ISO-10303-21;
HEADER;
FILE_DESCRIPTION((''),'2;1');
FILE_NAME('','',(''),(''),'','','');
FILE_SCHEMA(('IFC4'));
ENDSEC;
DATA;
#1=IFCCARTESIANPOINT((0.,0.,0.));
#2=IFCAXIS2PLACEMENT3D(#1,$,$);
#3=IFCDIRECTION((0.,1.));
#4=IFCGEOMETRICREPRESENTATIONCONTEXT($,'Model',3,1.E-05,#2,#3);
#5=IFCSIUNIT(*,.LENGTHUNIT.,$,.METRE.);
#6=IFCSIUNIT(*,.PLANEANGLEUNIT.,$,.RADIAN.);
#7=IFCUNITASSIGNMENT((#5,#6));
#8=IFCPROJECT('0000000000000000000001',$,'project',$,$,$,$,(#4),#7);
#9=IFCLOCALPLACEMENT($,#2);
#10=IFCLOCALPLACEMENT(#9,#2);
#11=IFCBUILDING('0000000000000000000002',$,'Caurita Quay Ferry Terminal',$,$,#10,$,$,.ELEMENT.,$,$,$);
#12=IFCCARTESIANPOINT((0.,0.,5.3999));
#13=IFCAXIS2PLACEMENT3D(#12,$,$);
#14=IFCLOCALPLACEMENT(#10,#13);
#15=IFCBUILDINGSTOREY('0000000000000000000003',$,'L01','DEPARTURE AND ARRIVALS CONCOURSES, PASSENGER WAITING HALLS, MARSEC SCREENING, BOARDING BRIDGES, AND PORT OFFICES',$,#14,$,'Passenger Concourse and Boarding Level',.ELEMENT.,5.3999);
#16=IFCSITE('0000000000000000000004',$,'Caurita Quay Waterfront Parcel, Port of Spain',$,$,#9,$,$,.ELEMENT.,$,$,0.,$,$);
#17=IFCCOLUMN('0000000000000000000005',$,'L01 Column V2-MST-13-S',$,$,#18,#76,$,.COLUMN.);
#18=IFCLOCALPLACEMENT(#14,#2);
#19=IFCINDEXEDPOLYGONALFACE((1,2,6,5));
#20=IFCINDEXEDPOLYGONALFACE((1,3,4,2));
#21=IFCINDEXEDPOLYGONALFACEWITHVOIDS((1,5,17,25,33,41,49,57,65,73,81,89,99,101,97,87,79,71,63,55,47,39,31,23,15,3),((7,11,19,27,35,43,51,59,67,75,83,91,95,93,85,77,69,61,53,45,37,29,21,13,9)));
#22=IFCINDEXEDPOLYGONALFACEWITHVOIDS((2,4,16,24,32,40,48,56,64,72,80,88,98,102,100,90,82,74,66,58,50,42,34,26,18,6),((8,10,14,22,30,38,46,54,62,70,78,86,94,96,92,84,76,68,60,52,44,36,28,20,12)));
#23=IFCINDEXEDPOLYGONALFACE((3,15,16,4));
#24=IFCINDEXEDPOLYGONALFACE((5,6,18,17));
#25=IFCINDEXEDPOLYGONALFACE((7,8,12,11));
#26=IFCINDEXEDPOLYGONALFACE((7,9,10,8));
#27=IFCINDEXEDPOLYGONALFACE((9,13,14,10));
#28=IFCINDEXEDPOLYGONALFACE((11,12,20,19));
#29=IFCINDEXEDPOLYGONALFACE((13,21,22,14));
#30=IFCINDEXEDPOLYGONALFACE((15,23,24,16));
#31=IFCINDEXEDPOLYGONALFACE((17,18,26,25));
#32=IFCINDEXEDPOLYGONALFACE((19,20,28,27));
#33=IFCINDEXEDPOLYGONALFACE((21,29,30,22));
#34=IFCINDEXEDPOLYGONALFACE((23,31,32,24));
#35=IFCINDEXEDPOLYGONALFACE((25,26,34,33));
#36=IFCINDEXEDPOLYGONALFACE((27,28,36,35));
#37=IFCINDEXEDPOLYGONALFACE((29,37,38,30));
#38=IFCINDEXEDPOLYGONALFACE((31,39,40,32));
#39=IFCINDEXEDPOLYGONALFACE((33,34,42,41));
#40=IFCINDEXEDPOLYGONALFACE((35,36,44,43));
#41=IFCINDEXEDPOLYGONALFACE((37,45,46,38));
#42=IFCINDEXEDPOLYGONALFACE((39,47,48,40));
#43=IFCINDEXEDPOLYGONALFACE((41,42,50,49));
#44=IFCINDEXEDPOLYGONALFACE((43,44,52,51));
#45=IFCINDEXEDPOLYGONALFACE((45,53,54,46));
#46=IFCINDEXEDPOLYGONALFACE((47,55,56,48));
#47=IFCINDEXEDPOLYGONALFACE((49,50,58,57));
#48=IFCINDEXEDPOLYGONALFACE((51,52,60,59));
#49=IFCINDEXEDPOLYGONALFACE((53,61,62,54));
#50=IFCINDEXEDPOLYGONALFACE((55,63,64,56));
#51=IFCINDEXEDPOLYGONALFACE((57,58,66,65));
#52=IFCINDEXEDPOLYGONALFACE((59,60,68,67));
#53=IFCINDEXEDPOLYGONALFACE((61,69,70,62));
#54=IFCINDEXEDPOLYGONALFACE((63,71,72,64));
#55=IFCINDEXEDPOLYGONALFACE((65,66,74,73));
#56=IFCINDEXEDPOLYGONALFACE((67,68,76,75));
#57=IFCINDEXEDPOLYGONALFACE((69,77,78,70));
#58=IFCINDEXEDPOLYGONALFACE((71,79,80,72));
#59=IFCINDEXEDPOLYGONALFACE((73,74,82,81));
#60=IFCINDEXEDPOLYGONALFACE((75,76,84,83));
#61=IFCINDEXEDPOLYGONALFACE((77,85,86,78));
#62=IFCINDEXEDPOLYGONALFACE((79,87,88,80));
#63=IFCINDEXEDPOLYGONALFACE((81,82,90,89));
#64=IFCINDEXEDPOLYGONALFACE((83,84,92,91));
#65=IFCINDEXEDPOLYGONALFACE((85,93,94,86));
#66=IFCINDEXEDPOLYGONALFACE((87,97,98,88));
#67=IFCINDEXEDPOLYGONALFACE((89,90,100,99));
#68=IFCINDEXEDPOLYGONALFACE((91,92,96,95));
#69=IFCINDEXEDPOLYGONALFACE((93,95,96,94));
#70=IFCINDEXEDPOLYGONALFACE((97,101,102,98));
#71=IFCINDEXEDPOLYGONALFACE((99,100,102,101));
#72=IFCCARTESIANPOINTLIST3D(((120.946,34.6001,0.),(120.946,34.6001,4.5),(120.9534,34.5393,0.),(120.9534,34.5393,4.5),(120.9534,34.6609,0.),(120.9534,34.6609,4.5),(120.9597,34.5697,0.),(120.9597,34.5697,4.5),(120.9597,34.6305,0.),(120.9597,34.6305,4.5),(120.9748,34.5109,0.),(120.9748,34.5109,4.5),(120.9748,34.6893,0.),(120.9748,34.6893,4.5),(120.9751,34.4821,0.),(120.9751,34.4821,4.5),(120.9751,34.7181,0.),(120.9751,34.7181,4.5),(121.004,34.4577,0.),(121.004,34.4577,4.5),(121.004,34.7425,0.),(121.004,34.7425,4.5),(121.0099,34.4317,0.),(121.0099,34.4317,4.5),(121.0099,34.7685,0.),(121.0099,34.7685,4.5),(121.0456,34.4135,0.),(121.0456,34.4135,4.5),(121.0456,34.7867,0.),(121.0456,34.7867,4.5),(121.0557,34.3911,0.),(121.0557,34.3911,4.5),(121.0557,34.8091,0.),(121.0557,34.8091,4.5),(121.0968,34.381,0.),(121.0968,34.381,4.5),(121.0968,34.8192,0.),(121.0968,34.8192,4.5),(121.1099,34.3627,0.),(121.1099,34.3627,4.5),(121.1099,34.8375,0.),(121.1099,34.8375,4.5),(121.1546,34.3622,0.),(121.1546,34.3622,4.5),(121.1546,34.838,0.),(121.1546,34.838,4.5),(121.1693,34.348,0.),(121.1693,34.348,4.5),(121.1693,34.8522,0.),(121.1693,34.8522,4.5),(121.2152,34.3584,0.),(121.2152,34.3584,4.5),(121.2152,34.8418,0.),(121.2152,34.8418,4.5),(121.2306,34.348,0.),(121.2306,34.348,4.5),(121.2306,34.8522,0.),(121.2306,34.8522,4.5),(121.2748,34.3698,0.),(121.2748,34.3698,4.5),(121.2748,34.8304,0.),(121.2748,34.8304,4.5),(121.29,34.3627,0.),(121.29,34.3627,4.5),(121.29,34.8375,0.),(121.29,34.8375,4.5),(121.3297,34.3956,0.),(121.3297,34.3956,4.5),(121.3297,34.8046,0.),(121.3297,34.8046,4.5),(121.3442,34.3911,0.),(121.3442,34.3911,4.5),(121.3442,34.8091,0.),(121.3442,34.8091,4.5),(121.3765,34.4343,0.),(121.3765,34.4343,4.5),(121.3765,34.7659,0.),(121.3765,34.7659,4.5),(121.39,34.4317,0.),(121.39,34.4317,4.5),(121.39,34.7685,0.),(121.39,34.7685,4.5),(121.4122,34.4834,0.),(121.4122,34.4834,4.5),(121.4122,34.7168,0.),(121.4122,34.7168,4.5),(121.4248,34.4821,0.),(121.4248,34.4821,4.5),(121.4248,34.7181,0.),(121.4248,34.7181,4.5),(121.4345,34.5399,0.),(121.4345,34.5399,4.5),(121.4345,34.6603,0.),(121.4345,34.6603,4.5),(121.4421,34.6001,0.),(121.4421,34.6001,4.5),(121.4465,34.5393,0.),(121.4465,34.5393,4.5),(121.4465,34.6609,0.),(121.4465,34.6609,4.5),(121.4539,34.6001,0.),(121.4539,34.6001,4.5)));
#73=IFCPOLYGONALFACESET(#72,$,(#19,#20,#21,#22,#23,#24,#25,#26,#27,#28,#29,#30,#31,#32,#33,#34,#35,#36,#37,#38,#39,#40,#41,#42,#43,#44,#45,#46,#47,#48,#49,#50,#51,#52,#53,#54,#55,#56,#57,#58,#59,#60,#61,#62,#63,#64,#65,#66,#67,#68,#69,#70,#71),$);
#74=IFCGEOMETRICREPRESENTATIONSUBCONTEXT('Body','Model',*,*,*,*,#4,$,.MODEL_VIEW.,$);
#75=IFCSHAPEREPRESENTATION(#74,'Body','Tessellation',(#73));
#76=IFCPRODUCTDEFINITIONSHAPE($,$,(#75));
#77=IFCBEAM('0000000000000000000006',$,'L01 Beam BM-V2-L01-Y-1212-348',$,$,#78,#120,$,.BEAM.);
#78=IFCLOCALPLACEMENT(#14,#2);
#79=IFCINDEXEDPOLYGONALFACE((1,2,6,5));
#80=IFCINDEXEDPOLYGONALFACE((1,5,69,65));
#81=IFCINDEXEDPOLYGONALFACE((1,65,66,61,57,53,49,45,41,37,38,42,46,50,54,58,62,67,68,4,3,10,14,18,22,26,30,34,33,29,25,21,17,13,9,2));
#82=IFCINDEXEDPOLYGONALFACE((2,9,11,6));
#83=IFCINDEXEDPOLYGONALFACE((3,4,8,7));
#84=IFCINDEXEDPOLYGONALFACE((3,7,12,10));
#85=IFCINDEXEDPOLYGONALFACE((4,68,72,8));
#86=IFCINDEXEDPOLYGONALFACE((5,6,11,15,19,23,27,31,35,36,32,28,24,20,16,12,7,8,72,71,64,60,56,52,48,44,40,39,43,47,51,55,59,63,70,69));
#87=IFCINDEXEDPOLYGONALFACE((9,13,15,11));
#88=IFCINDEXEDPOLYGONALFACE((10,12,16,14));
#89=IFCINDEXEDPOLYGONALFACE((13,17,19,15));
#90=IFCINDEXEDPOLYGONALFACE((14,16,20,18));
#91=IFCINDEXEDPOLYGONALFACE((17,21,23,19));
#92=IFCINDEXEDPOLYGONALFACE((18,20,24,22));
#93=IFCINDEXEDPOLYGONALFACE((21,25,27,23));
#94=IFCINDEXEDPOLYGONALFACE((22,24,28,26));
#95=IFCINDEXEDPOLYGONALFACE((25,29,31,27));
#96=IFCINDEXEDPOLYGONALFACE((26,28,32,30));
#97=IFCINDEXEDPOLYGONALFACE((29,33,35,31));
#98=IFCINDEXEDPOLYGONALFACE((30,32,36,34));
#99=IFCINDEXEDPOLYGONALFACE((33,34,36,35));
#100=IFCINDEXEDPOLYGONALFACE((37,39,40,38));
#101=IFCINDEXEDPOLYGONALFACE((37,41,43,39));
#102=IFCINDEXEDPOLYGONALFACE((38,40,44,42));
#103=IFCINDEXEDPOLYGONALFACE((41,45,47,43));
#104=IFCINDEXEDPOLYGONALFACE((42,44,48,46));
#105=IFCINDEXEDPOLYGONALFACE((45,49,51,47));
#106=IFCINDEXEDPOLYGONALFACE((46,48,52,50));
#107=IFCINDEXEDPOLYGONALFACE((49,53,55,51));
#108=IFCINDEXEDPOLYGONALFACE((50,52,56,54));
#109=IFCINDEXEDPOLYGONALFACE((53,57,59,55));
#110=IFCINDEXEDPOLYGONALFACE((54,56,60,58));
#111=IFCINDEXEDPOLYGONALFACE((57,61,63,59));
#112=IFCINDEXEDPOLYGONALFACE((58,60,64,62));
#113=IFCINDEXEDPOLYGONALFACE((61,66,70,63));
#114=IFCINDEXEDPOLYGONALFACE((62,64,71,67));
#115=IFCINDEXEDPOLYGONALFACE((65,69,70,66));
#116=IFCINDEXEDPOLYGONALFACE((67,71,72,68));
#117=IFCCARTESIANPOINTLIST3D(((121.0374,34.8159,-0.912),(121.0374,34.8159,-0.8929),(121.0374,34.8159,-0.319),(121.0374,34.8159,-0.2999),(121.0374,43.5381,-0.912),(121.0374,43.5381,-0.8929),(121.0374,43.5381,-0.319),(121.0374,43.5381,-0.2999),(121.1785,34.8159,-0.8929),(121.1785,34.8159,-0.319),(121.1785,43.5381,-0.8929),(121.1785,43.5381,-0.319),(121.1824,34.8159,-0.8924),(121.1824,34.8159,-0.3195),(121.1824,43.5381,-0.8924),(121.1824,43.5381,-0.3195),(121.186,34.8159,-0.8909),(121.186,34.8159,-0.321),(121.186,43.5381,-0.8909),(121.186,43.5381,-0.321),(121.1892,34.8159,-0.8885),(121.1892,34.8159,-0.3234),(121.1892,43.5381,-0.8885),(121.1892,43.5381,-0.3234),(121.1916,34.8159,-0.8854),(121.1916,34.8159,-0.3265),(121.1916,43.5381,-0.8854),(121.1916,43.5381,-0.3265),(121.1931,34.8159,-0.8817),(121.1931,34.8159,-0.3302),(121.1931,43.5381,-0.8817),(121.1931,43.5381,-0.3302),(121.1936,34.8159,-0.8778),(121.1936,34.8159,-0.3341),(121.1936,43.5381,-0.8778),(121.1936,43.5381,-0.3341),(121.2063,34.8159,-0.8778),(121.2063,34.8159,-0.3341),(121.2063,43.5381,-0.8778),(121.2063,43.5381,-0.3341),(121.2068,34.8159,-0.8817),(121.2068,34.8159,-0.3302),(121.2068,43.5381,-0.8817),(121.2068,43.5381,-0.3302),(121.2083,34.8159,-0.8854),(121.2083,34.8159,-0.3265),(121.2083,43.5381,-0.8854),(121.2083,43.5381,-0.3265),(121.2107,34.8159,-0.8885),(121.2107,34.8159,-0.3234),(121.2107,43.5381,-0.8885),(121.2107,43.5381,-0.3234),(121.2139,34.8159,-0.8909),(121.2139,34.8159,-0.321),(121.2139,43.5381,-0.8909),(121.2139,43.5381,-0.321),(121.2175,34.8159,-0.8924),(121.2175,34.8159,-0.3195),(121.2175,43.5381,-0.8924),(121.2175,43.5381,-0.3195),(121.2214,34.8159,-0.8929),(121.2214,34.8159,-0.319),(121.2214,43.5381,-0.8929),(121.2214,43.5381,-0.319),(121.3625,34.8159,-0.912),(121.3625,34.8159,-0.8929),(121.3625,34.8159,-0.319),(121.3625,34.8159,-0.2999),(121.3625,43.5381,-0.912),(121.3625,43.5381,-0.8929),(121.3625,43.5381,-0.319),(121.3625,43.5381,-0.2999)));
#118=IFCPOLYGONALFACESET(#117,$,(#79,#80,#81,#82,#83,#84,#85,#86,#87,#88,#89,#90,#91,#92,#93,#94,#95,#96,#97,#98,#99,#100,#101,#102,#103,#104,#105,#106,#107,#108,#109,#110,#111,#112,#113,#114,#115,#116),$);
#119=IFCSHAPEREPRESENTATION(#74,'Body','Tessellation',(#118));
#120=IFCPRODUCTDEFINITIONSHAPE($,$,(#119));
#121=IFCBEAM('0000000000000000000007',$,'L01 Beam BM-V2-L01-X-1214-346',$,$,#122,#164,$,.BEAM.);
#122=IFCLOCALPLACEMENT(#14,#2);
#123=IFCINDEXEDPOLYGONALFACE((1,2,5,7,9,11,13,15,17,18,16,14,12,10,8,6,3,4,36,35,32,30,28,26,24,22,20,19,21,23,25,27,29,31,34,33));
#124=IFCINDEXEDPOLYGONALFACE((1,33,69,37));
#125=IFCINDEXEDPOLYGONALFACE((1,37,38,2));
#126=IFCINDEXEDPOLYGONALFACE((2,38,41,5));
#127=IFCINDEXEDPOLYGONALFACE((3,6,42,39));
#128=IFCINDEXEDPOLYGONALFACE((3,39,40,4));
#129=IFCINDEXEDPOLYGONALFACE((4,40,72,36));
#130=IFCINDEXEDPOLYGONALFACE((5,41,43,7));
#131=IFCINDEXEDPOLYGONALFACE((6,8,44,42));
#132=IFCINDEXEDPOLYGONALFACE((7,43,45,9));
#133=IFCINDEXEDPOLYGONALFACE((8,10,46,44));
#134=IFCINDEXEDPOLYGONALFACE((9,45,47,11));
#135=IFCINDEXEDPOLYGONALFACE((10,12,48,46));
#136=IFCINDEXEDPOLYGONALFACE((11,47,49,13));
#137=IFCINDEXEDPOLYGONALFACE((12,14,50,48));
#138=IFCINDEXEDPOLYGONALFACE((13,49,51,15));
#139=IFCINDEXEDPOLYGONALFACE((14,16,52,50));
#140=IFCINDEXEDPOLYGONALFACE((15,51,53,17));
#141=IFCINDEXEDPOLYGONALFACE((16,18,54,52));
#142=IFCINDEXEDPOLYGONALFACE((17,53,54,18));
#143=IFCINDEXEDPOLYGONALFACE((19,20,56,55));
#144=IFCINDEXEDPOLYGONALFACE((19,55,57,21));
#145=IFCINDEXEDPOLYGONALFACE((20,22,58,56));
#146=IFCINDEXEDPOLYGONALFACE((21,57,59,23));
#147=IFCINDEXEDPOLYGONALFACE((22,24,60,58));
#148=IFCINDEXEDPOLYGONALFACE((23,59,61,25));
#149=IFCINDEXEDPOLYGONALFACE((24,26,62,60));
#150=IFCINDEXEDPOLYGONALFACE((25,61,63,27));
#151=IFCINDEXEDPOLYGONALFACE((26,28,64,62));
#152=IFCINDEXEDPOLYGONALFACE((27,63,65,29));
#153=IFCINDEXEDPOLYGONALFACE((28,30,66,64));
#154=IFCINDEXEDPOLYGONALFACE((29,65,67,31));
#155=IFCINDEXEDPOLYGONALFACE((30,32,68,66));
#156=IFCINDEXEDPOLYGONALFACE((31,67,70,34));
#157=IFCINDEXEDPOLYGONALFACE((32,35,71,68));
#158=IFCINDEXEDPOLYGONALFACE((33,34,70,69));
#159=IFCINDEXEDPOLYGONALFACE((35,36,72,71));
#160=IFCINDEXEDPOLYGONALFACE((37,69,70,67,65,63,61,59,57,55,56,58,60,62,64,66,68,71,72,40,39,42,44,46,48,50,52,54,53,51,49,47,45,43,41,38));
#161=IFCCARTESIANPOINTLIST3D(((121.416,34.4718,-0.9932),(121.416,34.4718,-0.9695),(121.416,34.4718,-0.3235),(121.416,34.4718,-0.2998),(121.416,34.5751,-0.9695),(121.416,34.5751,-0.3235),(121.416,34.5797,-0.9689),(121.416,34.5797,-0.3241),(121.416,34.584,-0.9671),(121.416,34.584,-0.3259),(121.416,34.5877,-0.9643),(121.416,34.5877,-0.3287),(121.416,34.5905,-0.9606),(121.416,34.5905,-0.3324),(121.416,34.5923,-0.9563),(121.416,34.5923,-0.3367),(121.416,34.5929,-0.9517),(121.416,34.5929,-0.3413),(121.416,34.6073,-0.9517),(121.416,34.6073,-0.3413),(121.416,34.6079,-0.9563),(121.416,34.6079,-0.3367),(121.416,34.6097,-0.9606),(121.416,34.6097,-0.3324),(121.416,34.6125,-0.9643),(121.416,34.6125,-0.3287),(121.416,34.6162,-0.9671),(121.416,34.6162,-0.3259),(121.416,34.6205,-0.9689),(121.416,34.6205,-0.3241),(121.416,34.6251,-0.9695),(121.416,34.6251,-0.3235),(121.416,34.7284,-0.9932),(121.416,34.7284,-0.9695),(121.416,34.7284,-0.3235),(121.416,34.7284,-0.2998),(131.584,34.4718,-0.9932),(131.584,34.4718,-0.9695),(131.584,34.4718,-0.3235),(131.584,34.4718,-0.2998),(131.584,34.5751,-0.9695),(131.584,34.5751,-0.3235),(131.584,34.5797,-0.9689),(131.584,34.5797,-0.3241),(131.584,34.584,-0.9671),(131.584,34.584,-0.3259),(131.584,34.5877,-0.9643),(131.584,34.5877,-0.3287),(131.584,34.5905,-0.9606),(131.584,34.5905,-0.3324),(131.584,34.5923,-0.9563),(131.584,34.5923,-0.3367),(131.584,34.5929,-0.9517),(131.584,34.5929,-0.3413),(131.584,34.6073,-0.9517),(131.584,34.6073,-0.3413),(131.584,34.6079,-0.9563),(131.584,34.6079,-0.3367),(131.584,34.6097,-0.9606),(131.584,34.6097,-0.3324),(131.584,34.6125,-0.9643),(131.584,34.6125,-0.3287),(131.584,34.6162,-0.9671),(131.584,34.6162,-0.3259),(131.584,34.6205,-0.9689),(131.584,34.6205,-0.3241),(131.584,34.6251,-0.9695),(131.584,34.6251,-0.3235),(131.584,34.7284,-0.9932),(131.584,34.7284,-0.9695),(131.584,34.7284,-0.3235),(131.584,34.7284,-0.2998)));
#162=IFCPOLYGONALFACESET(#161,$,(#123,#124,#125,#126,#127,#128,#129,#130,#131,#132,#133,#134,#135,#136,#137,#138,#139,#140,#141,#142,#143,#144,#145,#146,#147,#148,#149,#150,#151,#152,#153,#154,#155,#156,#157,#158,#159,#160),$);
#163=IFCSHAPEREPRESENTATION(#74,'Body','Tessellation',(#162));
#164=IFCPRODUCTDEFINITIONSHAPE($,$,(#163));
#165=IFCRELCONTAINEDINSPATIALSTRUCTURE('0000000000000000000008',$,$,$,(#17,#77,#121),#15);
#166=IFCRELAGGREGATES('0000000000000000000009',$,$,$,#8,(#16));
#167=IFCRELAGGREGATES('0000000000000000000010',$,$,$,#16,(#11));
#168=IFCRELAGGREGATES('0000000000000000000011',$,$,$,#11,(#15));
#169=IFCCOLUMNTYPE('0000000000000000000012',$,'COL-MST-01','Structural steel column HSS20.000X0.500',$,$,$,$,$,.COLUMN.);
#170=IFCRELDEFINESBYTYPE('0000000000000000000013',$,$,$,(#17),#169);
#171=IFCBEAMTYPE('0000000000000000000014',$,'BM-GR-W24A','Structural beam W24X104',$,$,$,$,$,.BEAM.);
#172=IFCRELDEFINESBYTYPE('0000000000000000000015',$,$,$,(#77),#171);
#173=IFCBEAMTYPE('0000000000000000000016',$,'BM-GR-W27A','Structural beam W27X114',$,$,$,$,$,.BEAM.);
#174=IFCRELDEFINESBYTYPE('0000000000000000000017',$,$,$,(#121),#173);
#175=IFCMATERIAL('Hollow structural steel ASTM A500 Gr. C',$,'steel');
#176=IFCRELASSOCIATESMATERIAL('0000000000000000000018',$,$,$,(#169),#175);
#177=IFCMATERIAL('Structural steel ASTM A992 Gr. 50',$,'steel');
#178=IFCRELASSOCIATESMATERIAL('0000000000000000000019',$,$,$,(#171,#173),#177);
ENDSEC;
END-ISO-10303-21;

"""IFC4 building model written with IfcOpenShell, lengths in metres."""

from ifc_helpers import new_model, si_unit, direction, frame, origin, origin_2d, place, context, subcontext, project, spatial, hollow_circle, i_section, extrude, material, material_profile, profile_set, type_object, element, save


model = new_model("IFC4")

# Units and contexts
model_context = context("Model", 3, precision=1e-05, world=origin(), true_north=direction((0.0, 1.0)))
body_context = subcontext(model_context, "Body", "Model", "MODEL_VIEW")
ifc_project = project(units=[si_unit("LENGTHUNIT", "METRE"), si_unit("PLANEANGLEUNIT", "RADIAN")], contexts=[model_context])

# Site, building, storey
site_placement = place(None, origin())
site = spatial("IfcSite", under=ifc_project, at=site_placement, Name="Caurita Quay Waterfront Parcel, Port of Spain", CompositionType="ELEMENT", RefElevation=0.0)
building_placement = place(site_placement, origin())
building = spatial("IfcBuilding", under=site, at=building_placement, Name="Caurita Quay Ferry Terminal", CompositionType="ELEMENT")
storey_placement = place(building_placement, frame((0.0, 0.0, 5.3999)))
storey = spatial("IfcBuildingStorey", under=building, at=storey_placement, Name="L01", Description="DEPARTURE AND ARRIVALS CONCOURSES, PASSENGER WAITING HALLS, MARSEC SCREENING, BOARDING BRIDGES, AND PORT OFFICES", LongName="Passenger Concourse and Boarding Level", CompositionType="ELEMENT", Elevation=5.3999)

# Column
ifc_material_1 = material(Name="Hollow structural steel ASTM A500 Gr. C", Category="steel")
ifc_material_profile_1 = material_profile(ifc_material_1, hollow_circle(Radius=0.2539, WallThickness=0.0117, at=origin_2d()), Name="HSS20.000X0.500")
ifc_profile_set_1 = profile_set([ifc_material_profile_1], Name="Hollow structural steel ASTM A500 Gr. C")
column_type = type_object("IfcColumnType", Name="COL-MST-01", Description="Structural steel column HSS20.000X0.500", PredefinedType="COLUMN", material=ifc_profile_set_1)
column_placement = place(storey_placement, frame((121.2, 34.6001, 0.0), z_axis=(0.0, 0.0, 1.0), x_axis=(1.0, 0.0, 0.0)))
element("IfcColumn", 1, at=column_placement, inside=storey, type_object=column_type, Name="L01 Column V2-MST-13-S", PredefinedType="COLUMN", context=body_context, shape_type="SweptSolid", body=[
    extrude(hollow_circle(Radius=0.2539, WallThickness=0.0117, at=origin_2d()), origin(), (0.0, 0.0, 1.0), 4.5),
])

# Beams
ifc_material_2 = material(Name="Structural steel ASTM A992 Gr. 50", Category="steel")
ifc_material_profile_2 = material_profile(ifc_material_2, i_section(OverallWidth=0.3252, OverallDepth=0.6121, WebThickness=0.0127, FlangeThickness=0.019, FilletRadius=0.0151, at=origin_2d()), Name="W24X104")
ifc_profile_set_2 = profile_set([ifc_material_profile_2], Name="Structural steel ASTM A992 Gr. 50")
beam_type_1 = type_object("IfcBeamType", Name="BM-GR-W24A", Description="Structural beam W24X104", PredefinedType="BEAM", material=ifc_profile_set_2)
beam_1_placement = place(storey_placement, frame((121.2, 34.8159, -0.606), z_axis=(0.0, 1.0, 0.0), x_axis=(-1.0, 0.0, 0.0)))
element("IfcBeam", 2, at=beam_1_placement, inside=storey, type_object=beam_type_1, Name="L01 Beam BM-V2-L01-Y-1212-348", PredefinedType="BEAM", context=body_context, shape_type="SweptSolid", body=[
    extrude(i_section(OverallWidth=0.3252, OverallDepth=0.6121, WebThickness=0.0127, FlangeThickness=0.019, FilletRadius=0.0151, at=origin_2d()), origin(), (0.0, 0.0, 1.0), 8.7222),
])
ifc_material_profile_3 = material_profile(ifc_material_2, i_section(OverallWidth=0.2566, OverallDepth=0.6934, WebThickness=0.0144, FlangeThickness=0.0237, FilletRadius=0.0178, at=origin_2d()), Name="W27X114")
ifc_profile_set_3 = profile_set([ifc_material_profile_3], Name="Structural steel ASTM A992 Gr. 50")
beam_type_2 = type_object("IfcBeamType", Name="BM-GR-W27A", Description="Structural beam W27X114", PredefinedType="BEAM", material=ifc_profile_set_3)
beam_2_placement = place(storey_placement, frame((121.416, 34.6001, -0.6465), z_axis=(1.0, 0.0, 0.0), x_axis=(0.0, 1.0, 0.0)))
element("IfcBeam", 3, at=beam_2_placement, inside=storey, type_object=beam_type_2, Name="L01 Beam BM-V2-L01-X-1214-346", PredefinedType="BEAM", context=body_context, shape_type="SweptSolid", body=[
    extrude(i_section(OverallWidth=0.2566, OverallDepth=0.6934, WebThickness=0.0144, FlangeThickness=0.0237, FilletRadius=0.0178, at=origin_2d()), origin(), (0.0, 0.0, 1.0), 10.168),
])

save(model, "model.ifc")
